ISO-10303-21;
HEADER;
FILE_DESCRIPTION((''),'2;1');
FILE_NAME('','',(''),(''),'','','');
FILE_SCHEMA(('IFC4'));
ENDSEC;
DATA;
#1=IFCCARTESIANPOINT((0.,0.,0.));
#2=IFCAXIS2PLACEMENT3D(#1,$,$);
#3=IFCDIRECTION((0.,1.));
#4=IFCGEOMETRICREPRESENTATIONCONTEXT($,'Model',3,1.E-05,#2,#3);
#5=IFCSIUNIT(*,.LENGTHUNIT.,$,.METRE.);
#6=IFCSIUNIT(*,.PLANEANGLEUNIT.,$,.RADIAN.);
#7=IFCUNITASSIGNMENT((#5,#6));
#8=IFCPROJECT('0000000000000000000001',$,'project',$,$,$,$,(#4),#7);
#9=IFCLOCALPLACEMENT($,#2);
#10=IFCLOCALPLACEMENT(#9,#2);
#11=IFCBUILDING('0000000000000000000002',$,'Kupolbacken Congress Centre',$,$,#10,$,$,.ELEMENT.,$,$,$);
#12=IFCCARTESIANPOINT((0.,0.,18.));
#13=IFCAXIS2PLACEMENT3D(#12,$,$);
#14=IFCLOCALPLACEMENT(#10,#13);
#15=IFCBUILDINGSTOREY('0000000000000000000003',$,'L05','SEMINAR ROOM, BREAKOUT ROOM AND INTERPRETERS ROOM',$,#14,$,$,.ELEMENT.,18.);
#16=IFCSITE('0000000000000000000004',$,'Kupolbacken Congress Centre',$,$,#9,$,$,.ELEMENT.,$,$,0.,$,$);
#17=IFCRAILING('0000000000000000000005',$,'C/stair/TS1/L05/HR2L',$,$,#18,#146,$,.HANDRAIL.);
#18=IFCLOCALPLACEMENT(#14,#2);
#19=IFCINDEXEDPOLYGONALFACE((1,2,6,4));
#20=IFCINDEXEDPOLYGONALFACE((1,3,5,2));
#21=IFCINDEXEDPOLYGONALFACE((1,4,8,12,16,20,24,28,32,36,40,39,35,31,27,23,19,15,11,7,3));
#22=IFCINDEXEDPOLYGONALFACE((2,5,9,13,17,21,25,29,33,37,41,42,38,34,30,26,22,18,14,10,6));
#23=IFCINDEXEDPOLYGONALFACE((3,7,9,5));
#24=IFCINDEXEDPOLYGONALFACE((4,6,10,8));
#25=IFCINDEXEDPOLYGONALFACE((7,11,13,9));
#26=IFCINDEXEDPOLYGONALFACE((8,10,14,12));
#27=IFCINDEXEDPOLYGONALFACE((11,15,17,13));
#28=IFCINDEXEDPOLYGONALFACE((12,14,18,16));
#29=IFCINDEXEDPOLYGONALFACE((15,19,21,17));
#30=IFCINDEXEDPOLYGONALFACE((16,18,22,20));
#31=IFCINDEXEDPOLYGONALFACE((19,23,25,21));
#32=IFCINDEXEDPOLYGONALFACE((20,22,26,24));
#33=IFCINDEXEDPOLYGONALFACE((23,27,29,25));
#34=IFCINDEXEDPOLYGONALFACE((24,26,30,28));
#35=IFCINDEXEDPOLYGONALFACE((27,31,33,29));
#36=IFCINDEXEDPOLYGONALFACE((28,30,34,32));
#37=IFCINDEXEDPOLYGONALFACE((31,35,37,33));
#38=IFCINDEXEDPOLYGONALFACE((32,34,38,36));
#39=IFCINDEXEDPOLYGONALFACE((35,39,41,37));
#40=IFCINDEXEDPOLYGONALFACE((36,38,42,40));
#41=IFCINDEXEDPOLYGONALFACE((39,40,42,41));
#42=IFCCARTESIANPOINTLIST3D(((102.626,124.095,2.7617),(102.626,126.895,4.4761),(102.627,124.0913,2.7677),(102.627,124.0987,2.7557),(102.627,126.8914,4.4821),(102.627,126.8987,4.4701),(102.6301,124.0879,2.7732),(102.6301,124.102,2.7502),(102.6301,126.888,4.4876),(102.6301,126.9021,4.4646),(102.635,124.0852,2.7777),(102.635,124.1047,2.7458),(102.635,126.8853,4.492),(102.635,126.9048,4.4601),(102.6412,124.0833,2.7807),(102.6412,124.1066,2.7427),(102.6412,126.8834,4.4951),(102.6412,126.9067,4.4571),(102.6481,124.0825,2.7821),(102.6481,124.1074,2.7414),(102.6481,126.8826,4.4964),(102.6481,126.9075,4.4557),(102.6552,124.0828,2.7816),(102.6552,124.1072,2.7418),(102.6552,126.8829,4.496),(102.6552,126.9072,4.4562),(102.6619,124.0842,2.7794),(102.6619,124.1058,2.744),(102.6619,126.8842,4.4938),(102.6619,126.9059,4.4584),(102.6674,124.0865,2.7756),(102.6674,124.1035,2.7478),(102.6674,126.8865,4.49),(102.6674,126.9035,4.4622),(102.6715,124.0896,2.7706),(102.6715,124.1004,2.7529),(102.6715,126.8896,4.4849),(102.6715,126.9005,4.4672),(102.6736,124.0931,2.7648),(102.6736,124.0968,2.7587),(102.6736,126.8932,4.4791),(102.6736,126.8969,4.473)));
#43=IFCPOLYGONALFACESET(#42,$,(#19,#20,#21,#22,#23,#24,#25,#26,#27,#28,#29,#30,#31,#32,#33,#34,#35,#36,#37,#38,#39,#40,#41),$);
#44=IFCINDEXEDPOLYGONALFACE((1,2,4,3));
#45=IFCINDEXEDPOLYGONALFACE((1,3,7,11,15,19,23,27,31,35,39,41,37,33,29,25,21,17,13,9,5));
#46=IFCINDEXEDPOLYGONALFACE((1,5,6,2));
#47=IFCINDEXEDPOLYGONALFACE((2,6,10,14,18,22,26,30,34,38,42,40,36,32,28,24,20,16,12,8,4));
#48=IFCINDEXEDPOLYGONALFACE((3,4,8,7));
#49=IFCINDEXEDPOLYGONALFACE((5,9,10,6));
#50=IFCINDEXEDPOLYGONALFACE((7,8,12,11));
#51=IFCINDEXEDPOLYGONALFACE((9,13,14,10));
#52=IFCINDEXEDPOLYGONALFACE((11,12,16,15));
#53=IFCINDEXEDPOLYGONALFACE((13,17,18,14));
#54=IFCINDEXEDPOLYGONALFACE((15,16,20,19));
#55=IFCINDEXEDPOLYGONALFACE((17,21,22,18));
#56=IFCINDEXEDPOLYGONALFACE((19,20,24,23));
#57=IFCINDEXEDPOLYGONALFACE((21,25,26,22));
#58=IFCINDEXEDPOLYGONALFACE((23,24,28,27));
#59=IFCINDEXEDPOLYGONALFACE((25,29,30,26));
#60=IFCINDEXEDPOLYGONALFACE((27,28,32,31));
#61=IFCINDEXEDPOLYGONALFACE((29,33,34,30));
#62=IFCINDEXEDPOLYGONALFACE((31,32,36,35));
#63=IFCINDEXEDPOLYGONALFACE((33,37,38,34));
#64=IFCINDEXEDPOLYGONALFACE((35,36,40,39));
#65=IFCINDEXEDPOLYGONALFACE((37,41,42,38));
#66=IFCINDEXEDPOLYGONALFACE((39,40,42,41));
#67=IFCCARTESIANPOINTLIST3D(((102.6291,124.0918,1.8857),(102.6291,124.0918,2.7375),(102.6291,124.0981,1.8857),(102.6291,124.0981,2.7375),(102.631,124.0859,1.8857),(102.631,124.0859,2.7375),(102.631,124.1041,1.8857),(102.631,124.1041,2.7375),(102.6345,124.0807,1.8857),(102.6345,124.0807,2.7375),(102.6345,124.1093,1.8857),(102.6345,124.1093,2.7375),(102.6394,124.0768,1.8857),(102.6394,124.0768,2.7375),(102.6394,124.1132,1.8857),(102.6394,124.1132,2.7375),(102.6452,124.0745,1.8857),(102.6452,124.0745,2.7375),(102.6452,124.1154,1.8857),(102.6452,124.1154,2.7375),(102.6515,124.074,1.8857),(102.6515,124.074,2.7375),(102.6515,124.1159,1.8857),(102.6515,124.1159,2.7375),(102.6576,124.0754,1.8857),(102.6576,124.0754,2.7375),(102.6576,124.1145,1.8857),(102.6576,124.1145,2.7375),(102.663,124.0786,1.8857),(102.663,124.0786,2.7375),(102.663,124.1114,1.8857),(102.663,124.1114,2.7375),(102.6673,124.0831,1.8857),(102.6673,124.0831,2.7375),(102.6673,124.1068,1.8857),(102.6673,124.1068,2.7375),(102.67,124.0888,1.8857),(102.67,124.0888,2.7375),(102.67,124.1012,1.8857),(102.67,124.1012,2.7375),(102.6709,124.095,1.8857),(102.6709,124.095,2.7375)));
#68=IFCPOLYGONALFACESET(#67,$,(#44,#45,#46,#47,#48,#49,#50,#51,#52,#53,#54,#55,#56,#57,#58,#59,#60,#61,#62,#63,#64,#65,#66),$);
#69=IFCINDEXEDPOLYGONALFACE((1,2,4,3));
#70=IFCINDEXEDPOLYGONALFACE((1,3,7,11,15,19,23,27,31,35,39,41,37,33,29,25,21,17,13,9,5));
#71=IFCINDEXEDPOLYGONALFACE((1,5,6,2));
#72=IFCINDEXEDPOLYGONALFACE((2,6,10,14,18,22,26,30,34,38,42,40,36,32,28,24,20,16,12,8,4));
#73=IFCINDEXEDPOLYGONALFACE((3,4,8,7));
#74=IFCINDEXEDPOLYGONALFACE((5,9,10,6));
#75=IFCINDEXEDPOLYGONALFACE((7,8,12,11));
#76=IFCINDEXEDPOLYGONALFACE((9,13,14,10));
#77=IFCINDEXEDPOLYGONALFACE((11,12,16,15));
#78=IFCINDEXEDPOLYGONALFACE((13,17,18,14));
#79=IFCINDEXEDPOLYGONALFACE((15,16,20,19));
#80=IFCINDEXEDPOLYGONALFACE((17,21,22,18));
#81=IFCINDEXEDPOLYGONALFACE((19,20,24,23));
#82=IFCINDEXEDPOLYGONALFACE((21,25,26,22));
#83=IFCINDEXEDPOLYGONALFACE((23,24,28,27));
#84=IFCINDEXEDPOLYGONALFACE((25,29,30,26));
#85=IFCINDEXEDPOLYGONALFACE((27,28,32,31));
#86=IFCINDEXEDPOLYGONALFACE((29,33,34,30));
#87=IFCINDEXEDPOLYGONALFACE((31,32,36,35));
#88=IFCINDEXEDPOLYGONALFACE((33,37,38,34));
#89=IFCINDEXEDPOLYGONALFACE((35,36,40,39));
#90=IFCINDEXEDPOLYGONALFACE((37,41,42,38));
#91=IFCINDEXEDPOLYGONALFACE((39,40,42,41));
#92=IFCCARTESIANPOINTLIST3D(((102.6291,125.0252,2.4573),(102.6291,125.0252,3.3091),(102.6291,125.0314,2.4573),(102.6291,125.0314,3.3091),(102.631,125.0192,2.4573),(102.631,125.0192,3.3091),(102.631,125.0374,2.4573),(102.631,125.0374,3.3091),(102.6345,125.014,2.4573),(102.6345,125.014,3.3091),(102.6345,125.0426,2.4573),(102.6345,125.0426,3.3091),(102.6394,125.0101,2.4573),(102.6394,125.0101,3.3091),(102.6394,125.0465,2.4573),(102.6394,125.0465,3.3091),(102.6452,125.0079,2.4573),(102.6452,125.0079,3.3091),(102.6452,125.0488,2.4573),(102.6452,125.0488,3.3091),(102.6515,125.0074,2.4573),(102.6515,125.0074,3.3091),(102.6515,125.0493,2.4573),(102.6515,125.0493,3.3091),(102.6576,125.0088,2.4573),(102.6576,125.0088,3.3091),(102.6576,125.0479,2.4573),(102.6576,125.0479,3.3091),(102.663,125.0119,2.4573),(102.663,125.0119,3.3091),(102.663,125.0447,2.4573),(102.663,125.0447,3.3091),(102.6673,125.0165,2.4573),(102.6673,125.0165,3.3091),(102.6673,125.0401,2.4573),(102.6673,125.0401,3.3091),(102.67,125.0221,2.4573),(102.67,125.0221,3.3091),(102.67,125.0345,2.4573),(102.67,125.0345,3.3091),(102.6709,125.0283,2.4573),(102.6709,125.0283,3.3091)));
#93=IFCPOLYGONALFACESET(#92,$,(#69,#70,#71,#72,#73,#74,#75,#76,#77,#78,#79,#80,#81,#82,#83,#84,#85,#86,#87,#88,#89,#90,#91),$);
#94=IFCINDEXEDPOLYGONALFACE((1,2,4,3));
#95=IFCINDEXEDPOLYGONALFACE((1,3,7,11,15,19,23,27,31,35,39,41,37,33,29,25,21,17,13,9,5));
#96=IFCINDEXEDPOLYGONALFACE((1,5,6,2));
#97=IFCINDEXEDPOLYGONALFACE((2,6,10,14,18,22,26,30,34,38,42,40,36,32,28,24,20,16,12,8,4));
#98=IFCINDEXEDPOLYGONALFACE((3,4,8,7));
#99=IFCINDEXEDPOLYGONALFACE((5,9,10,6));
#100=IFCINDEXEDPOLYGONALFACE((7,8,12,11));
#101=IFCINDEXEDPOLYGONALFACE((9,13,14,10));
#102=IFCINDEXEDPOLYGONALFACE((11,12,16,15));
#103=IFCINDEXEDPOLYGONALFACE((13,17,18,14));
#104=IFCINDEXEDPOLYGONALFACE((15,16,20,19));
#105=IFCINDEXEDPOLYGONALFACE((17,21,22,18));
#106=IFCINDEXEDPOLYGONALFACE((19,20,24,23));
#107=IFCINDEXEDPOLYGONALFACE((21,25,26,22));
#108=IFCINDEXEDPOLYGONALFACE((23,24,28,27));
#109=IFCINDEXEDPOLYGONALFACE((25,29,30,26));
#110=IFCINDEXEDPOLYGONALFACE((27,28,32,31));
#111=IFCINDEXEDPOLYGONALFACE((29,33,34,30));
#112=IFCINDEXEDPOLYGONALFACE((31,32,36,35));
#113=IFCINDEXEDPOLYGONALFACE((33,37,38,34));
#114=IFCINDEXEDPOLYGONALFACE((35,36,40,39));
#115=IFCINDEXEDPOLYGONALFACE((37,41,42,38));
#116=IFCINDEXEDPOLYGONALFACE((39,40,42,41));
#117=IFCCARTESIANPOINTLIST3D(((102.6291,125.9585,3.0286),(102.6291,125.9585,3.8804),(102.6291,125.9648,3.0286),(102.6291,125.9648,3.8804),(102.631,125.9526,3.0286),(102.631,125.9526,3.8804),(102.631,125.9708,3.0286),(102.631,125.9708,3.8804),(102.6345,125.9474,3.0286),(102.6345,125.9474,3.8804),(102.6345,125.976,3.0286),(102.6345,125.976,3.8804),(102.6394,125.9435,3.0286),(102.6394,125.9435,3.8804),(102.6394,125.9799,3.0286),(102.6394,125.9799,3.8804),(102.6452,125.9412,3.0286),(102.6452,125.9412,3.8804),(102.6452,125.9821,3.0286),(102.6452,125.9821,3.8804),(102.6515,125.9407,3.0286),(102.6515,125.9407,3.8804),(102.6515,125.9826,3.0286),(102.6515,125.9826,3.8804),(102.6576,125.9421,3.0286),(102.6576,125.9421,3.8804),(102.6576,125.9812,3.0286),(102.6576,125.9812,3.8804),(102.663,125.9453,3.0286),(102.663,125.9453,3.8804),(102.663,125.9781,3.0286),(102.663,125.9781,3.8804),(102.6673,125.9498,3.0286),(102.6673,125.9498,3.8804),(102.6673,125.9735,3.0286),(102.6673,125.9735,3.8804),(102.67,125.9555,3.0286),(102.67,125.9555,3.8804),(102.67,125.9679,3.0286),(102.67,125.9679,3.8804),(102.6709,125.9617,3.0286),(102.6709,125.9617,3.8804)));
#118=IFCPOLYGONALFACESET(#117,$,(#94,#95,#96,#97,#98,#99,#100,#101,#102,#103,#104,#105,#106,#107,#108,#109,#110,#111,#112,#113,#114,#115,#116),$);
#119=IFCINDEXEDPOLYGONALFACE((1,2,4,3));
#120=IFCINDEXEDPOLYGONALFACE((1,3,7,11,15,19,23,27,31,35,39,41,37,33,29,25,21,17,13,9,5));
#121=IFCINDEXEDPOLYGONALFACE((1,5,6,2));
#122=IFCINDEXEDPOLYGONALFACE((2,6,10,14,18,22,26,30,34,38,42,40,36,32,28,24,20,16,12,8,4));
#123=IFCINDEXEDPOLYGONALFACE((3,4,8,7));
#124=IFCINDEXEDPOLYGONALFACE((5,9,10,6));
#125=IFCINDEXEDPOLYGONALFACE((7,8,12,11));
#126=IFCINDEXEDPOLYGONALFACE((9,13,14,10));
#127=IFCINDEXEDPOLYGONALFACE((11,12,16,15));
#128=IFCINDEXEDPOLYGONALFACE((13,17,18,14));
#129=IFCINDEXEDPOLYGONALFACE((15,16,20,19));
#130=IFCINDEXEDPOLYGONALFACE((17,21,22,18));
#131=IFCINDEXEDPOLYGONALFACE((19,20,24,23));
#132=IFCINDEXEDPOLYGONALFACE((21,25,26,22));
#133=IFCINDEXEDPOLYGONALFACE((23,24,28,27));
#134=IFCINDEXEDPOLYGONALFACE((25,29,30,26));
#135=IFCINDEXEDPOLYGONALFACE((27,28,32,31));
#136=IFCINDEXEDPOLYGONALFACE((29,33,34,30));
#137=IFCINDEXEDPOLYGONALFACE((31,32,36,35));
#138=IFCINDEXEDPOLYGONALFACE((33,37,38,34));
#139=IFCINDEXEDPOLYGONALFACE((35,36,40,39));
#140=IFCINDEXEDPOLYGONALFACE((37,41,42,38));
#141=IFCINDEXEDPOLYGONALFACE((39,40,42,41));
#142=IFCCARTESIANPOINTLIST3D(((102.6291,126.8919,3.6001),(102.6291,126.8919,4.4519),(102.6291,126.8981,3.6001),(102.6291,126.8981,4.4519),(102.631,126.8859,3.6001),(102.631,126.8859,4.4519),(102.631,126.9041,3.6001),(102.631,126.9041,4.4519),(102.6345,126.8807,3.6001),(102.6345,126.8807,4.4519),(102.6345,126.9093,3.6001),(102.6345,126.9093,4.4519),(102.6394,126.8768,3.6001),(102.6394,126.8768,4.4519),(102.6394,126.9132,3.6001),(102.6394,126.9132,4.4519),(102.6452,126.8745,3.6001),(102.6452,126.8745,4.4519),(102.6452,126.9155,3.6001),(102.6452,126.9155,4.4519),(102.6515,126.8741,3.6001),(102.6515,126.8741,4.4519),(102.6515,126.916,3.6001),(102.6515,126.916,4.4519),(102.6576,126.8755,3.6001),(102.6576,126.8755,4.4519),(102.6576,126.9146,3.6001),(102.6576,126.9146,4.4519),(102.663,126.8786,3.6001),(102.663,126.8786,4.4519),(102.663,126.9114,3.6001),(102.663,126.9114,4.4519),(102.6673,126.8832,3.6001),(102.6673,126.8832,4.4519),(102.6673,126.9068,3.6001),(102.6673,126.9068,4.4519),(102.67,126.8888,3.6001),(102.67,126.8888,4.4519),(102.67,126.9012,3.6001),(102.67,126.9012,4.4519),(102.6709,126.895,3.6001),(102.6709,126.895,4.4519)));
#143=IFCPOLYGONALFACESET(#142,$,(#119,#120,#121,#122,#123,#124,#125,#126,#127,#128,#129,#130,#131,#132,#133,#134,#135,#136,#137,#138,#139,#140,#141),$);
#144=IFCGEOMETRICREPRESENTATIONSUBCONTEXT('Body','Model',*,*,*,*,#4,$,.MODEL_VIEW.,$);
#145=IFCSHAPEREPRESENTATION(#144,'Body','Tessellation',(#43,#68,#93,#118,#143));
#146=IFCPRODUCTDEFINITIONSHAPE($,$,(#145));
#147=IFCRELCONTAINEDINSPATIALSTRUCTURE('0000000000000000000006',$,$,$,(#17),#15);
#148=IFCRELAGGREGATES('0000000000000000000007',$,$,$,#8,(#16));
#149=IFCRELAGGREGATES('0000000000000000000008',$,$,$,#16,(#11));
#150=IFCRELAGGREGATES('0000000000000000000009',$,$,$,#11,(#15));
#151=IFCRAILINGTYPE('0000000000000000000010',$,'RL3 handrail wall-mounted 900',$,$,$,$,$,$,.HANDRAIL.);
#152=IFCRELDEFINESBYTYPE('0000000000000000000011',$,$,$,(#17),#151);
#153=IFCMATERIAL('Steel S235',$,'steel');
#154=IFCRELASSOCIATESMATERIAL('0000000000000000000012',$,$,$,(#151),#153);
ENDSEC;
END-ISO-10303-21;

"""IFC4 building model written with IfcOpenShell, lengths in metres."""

from ifc_helpers import new_model, si_unit, direction, frame, origin, origin_2d, place, context, subcontext, project, spatial, circle, extrude, material, type_object, element, save


model = new_model("IFC4")

# Units and contexts
model_context = context("Model", 3, precision=1e-05, world=origin(), true_north=direction((0.0, 1.0)))
body_context = subcontext(model_context, "Body", "Model", "MODEL_VIEW")
ifc_project = project(units=[si_unit("LENGTHUNIT", "METRE"), si_unit("PLANEANGLEUNIT", "RADIAN")], contexts=[model_context])

# Site, building, storey
site_placement = place(None, origin())
site = spatial("IfcSite", under=ifc_project, at=site_placement, Name="Kupolbacken Congress Centre", CompositionType="ELEMENT", RefElevation=0.0)
building_placement = place(site_placement, origin())
building = spatial("IfcBuilding", under=site, at=building_placement, Name="Kupolbacken Congress Centre", CompositionType="ELEMENT")
storey_placement = place(building_placement, frame((0.0, 0.0, 18.0)))
storey = spatial("IfcBuildingStorey", under=building, at=storey_placement, Name="L05", Description="SEMINAR ROOM, BREAKOUT ROOM AND INTERPRETERS ROOM", CompositionType="ELEMENT", Elevation=18.0)

# Railing
ifc_material_1 = material(Name="Steel S235", Category="steel")
railing_type = type_object("IfcRailingType", Name="RL3 handrail wall-mounted 900", PredefinedType="HANDRAIL", material=ifc_material_1)
for number, where, name in (
    (1, (102.6499, 124.095, 1.8857), "C/stair/TS1/L05/HR2L"),
):
    element("IfcRailing", number, at=place(storey_placement, frame(where)), inside=storey, type_object=railing_type, Name=name, PredefinedType="HANDRAIL", context=body_context, shape_type="SweptSolid", body=[
        extrude(circle(Radius=0.0239, at=origin_2d()), frame((0.0, 0.0, 0.876), z_axis=(0.0, 0.852846, 0.522163), x_axis=(-1.0, 0.0, 0.0)), (0.0, 0.0, 1.0), 3.2832),
        extrude(circle(Radius=0.021, at=origin_2d()), origin(), (0.0, 0.0, 1.0), 0.8518),
        extrude(circle(Radius=0.021, at=origin_2d()), frame((0.0, 0.9333, 0.5715)), (0.0, 0.0, 1.0), 0.8518),
        extrude(circle(Radius=0.021, at=origin_2d()), frame((0.0, 1.8667, 1.1428)), (0.0, 0.0, 1.0), 0.8518),
        extrude(circle(Radius=0.021, at=origin_2d()), frame((0.0, 2.8, 1.7144)), (0.0, 0.0, 1.0), 0.8518),
    ])

save(model, "model.ifc")
